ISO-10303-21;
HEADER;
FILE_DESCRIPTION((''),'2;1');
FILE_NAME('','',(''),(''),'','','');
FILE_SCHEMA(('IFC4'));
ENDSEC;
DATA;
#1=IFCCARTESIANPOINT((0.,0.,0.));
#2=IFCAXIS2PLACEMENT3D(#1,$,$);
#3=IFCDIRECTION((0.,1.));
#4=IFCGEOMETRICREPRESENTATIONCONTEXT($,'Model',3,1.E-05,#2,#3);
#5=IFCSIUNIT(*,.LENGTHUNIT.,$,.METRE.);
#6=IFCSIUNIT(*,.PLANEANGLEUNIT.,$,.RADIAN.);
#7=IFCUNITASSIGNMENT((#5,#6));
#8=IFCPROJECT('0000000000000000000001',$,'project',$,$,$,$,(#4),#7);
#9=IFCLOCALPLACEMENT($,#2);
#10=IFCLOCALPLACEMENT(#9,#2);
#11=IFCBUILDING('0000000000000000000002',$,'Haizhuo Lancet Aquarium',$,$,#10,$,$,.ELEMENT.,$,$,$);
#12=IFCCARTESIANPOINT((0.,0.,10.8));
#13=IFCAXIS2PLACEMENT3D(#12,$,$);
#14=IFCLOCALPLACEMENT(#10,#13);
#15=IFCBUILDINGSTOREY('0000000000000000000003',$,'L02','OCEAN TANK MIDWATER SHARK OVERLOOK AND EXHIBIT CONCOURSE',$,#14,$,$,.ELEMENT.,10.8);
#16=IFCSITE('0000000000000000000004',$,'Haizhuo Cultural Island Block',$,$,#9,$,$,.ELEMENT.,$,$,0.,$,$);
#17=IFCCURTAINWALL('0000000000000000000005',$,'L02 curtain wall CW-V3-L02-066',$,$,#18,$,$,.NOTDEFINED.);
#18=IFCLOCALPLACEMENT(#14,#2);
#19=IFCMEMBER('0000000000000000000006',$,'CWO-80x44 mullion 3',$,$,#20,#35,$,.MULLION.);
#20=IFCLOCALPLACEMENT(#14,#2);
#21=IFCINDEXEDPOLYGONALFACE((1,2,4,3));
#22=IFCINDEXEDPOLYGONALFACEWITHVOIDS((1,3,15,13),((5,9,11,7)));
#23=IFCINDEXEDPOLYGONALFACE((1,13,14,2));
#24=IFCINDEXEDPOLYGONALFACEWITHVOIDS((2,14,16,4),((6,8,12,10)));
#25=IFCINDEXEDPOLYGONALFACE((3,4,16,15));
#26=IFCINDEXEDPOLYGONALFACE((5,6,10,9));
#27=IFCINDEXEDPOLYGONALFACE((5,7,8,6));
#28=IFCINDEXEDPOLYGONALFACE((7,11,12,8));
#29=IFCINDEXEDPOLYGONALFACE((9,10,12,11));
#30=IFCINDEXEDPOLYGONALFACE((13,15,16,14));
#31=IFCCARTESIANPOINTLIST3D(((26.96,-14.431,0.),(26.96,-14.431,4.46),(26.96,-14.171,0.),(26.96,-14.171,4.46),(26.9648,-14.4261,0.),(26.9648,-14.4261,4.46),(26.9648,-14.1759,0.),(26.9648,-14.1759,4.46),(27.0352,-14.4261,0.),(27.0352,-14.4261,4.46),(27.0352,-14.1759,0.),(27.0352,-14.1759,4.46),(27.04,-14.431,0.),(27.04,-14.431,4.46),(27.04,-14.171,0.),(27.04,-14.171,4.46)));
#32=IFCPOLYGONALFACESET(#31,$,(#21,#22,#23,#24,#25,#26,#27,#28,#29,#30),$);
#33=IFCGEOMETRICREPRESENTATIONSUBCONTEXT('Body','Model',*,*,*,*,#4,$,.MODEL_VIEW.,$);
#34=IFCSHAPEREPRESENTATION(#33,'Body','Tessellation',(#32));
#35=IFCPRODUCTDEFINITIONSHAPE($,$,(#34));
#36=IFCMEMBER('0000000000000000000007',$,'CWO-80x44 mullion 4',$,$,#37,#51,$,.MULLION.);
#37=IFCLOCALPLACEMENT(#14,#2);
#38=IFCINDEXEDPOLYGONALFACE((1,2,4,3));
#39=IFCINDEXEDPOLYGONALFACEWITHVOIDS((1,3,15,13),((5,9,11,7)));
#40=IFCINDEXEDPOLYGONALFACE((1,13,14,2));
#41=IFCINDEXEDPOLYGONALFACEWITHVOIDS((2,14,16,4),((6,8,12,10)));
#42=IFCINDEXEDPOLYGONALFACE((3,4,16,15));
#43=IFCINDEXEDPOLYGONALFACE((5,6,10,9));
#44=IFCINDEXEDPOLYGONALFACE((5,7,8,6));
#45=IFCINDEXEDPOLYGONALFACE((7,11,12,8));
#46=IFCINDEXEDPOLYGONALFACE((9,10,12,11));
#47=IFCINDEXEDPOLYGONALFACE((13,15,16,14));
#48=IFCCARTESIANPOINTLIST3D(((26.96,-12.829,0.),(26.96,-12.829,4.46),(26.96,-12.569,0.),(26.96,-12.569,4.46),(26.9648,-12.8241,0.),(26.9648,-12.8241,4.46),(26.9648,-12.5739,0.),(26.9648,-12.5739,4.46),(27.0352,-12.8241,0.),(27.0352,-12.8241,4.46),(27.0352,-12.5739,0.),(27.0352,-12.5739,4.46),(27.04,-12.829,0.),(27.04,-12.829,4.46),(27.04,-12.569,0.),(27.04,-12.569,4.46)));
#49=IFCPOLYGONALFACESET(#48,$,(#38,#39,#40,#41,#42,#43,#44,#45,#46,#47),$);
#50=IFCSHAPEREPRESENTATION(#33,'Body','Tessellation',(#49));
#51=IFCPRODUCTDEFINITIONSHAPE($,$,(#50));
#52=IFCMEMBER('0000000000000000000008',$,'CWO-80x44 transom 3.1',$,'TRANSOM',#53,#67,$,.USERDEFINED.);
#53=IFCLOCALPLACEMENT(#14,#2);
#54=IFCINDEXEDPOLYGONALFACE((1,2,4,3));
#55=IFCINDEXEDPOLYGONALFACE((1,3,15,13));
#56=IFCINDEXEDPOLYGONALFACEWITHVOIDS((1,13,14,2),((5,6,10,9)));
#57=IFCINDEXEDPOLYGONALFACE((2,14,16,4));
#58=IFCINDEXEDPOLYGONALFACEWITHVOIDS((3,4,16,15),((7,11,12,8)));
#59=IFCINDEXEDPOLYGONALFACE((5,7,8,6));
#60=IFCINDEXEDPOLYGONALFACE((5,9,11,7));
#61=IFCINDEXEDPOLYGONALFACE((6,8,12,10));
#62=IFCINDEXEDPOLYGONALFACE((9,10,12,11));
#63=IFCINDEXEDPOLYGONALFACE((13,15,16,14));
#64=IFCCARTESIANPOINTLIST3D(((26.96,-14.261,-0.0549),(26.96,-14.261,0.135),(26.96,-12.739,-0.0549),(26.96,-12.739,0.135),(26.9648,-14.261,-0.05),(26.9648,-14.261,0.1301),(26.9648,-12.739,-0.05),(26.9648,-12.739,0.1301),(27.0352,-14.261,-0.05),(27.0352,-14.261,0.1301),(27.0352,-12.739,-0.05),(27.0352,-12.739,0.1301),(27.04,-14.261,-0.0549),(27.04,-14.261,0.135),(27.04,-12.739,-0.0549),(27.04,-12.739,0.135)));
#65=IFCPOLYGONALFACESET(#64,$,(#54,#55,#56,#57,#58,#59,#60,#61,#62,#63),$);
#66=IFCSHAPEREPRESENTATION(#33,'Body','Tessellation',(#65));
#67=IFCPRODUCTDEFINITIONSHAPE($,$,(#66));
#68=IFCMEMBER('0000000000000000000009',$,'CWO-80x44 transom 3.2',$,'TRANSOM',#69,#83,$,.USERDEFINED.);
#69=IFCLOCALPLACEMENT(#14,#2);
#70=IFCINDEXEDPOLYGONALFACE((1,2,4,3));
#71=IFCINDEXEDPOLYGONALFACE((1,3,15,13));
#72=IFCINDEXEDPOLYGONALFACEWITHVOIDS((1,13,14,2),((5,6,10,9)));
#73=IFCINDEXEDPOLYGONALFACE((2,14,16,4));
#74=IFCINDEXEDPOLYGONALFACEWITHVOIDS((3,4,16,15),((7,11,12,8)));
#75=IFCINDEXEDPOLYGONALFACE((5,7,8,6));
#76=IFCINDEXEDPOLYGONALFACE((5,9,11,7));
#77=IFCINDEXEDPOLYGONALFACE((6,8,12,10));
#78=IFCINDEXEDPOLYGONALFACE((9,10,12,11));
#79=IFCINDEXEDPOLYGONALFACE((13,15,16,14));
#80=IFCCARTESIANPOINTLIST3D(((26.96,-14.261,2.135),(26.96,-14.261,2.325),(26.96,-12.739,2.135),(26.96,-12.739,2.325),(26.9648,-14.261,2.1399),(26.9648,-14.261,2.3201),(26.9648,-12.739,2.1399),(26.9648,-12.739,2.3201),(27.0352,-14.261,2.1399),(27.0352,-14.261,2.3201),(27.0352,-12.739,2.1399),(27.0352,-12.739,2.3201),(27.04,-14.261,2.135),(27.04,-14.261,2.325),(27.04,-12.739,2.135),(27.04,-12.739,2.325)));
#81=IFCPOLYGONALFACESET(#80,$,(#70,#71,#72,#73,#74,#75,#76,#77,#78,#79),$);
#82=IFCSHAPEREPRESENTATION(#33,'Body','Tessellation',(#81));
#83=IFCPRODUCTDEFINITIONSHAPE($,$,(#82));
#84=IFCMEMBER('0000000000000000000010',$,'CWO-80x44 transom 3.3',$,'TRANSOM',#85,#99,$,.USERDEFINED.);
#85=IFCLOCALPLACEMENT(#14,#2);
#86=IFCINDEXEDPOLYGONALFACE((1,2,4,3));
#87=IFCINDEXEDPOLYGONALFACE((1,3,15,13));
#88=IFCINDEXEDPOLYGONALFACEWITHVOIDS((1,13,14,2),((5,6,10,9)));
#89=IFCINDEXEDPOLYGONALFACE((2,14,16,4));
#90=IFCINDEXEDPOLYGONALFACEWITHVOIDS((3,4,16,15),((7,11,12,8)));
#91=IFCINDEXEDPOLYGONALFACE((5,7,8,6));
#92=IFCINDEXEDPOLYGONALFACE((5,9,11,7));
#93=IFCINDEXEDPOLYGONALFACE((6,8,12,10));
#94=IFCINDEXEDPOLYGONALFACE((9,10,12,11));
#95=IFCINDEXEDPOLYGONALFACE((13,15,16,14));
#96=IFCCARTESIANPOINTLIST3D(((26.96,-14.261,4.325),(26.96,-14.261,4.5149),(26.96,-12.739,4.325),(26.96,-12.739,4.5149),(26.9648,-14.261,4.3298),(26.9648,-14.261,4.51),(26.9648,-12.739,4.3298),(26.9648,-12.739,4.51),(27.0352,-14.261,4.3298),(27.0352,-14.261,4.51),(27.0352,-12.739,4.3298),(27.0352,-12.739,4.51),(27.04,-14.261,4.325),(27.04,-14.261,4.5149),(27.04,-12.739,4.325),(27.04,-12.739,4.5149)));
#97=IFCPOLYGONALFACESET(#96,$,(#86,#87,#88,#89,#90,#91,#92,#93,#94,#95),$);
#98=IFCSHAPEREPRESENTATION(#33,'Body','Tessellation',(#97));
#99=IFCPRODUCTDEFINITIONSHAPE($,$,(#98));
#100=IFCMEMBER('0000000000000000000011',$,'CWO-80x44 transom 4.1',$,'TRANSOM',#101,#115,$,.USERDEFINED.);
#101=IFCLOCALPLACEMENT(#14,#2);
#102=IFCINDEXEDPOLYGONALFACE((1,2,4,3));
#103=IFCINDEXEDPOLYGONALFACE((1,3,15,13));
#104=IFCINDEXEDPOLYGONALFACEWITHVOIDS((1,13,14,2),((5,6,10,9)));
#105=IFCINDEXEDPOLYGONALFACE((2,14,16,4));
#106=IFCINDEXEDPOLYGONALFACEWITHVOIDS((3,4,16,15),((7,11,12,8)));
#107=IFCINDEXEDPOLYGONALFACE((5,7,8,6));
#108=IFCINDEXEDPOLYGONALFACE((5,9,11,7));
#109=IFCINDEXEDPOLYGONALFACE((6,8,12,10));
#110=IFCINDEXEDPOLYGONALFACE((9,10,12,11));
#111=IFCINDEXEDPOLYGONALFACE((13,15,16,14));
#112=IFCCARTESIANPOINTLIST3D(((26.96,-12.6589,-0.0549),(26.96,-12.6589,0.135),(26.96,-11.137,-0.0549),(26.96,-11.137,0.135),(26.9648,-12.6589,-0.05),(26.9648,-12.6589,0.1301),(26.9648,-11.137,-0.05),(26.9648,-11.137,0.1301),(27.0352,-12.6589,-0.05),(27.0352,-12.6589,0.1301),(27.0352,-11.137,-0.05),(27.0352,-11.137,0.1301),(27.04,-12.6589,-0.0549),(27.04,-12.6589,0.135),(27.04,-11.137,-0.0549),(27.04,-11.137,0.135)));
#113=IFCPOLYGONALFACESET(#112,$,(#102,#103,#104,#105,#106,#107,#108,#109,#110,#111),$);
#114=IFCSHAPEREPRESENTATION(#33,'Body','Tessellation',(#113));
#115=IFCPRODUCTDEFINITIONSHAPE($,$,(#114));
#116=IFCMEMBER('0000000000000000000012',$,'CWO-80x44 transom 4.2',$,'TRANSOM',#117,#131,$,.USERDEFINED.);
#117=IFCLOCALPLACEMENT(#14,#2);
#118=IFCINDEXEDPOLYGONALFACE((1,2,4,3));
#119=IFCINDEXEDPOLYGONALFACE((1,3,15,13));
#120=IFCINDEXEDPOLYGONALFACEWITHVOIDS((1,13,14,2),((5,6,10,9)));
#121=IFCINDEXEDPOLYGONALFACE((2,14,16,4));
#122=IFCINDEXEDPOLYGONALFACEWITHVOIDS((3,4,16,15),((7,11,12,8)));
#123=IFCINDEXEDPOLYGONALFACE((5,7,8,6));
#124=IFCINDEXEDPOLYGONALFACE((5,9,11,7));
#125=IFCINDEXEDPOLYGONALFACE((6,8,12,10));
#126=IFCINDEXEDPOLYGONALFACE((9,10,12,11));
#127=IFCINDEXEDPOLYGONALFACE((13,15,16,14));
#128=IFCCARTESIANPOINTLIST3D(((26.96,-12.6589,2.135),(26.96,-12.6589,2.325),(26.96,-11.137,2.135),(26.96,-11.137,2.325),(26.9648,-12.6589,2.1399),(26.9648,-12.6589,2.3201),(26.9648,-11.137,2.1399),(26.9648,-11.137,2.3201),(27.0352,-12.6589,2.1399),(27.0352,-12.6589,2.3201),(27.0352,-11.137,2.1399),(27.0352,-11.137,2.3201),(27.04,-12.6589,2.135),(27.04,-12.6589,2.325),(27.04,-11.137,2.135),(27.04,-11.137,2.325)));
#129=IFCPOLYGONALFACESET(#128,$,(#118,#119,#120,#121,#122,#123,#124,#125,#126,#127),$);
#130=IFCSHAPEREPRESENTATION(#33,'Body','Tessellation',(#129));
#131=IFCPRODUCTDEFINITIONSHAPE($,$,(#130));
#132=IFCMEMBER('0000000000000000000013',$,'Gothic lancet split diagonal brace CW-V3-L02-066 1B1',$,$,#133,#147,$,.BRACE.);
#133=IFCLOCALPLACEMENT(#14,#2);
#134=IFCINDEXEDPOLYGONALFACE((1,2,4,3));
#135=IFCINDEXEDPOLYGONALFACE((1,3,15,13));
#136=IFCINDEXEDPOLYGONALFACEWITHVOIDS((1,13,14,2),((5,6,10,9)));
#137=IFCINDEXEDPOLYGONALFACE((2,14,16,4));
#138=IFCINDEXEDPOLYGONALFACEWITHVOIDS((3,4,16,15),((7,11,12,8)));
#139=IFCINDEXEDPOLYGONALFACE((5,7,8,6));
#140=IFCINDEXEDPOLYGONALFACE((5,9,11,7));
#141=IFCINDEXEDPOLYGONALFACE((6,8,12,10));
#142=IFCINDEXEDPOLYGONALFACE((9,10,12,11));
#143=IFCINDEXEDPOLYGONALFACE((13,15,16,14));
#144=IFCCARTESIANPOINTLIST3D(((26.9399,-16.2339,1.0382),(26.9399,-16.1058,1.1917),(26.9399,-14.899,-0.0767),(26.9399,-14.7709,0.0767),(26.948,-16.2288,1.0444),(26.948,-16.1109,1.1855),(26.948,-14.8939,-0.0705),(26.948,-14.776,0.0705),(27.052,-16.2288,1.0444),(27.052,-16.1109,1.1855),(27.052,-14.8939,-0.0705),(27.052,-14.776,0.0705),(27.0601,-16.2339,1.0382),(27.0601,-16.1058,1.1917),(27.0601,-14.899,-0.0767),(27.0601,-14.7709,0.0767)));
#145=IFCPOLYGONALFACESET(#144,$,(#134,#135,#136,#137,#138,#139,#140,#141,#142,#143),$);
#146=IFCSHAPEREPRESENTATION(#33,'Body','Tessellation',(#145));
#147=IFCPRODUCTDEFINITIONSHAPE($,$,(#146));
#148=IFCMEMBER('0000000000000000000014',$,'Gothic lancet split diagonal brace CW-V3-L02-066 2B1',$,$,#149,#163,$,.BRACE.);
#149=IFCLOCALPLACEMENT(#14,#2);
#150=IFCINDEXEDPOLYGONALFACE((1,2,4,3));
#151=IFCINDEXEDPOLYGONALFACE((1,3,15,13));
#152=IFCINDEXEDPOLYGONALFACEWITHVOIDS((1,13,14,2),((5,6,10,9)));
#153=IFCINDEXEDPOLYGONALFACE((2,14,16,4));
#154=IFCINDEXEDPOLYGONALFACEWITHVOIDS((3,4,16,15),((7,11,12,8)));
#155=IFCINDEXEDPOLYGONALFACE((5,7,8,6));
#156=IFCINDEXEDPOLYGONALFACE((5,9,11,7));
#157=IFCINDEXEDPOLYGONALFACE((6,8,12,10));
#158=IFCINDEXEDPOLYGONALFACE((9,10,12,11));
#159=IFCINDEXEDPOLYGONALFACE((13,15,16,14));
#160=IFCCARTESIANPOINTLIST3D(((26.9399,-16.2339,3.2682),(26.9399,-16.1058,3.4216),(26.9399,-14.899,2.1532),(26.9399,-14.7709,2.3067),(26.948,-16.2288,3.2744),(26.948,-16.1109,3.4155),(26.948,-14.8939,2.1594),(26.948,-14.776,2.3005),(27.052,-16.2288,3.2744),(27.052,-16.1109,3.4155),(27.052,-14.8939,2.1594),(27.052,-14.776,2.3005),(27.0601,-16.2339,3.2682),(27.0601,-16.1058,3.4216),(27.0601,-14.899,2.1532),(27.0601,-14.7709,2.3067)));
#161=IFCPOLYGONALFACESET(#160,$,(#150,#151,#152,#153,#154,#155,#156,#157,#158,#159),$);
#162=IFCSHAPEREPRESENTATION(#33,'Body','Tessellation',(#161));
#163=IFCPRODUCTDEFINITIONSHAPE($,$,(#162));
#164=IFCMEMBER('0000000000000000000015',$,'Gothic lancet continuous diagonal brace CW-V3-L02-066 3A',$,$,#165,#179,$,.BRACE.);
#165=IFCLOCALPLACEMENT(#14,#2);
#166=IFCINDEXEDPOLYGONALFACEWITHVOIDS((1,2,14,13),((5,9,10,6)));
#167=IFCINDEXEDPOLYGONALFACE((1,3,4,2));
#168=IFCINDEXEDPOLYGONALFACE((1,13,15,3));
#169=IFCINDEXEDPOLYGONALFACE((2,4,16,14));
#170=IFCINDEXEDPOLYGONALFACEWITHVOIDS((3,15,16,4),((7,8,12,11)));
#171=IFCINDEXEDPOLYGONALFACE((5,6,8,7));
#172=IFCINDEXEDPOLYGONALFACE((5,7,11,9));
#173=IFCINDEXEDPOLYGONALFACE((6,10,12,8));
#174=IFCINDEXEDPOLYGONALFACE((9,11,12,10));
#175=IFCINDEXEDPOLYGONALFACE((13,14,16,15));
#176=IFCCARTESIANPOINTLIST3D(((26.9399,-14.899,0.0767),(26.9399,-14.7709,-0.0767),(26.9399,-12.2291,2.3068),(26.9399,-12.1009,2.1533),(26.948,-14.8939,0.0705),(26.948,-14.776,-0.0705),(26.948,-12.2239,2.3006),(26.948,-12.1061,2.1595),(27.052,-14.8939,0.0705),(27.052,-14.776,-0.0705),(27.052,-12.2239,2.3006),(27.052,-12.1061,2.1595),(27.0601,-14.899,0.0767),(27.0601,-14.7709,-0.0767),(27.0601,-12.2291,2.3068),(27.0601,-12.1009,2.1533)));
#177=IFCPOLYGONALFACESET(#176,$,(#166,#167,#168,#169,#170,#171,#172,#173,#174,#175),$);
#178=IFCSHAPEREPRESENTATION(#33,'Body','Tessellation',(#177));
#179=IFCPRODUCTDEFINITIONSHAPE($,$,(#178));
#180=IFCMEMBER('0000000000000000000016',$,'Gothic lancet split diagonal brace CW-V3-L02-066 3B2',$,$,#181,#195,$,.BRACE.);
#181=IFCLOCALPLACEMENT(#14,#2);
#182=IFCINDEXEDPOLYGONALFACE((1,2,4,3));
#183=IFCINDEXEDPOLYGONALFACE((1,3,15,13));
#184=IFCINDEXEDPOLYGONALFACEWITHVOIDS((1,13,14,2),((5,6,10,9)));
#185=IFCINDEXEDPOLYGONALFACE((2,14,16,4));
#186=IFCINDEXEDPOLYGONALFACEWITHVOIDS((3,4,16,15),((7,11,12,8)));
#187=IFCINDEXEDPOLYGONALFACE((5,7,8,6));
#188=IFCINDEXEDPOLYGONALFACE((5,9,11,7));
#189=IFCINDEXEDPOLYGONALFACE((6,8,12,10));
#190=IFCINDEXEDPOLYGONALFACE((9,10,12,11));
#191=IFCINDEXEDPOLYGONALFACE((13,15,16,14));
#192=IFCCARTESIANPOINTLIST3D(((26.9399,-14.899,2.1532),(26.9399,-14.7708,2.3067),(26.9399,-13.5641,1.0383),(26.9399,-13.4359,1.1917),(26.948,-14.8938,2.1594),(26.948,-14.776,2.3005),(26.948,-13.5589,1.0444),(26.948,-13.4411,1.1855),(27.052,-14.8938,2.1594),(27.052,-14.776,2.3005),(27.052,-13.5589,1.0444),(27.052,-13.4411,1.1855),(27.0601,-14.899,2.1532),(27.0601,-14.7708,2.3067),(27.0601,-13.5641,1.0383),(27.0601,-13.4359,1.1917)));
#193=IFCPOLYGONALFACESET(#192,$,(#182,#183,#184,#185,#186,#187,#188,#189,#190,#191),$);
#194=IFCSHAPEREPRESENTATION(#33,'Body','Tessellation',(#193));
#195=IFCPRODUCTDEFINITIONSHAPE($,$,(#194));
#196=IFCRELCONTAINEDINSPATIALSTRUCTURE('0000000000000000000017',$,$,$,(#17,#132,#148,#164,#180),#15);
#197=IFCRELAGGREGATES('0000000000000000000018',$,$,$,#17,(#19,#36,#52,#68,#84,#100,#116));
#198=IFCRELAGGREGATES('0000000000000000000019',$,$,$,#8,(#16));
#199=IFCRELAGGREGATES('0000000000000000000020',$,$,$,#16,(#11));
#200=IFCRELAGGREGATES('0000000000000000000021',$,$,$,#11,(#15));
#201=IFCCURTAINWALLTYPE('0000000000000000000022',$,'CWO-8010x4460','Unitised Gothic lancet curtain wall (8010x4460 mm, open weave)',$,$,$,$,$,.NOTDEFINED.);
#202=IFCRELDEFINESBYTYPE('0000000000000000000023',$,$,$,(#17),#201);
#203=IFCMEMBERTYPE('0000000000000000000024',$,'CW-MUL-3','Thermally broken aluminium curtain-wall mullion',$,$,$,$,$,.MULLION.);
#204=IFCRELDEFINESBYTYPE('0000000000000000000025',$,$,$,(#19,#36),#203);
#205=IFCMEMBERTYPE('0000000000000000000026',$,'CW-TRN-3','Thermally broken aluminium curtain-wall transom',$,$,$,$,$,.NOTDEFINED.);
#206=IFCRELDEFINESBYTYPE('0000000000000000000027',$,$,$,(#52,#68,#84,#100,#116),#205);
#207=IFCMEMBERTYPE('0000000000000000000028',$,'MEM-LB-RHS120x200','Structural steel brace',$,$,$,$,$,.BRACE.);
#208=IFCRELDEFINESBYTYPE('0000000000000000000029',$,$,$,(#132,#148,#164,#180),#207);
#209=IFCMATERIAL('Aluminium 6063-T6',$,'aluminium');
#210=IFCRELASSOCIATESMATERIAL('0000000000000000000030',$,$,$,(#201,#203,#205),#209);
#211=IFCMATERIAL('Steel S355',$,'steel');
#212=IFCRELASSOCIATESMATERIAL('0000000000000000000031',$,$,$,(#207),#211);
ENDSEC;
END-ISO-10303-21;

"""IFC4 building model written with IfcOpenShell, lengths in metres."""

from ifc_helpers import new_model, si_unit, direction, frame, origin, origin_2d, place, context, subcontext, project, spatial, hollow_rectangle, extrude, material, material_profile, profile_set, type_object, element, aggregate, save


model = new_model("IFC4")

# Units and contexts
model_context = context("Model", 3, precision=1e-05, world=origin(), true_north=direction((0.0, 1.0)))
body_context = subcontext(model_context, "Body", "Model", "MODEL_VIEW")
ifc_project = project(units=[si_unit("LENGTHUNIT", "METRE"), si_unit("PLANEANGLEUNIT", "RADIAN")], contexts=[model_context])

# Site, building, storey
site_placement = place(None, origin())
site = spatial("IfcSite", under=ifc_project, at=site_placement, Name="Haizhuo Cultural Island Block", CompositionType="ELEMENT", RefElevation=0.0)
building_placement = place(site_placement, origin())
building = spatial("IfcBuilding", under=site, at=building_placement, Name="Haizhuo Lancet Aquarium", CompositionType="ELEMENT")
storey_placement = place(building_placement, frame((0.0, 0.0, 10.8)))
storey = spatial("IfcBuildingStorey", under=building, at=storey_placement, Name="L02", Description="OCEAN TANK MIDWATER SHARK OVERLOOK AND EXHIBIT CONCOURSE", CompositionType="ELEMENT", Elevation=10.8)

# Curtain wall, members
ifc_material_1 = material(Name="Aluminium 6063-T6", Category="aluminium")
curtain_wall_type = type_object("IfcCurtainWallType", Name="CWO-8010x4460", Description="Unitised Gothic lancet curtain wall (8010x4460 mm, open weave)", PredefinedType="NOTDEFINED", material=ifc_material_1)
curtain_wall_placement = place(storey_placement, origin())
curtain_wall = element("IfcCurtainWall", 1, at=curtain_wall_placement, inside=storey, type_object=curtain_wall_type, Name="L02 curtain wall CW-V3-L02-066", PredefinedType="NOTDEFINED")
ifc_material_profile_1 = material_profile(ifc_material_1, hollow_rectangle(XDim=0.0801, YDim=0.26, WallThickness=0.0049, at=origin_2d()), Name="ALU-M 80x260x5")
ifc_profile_set_1 = profile_set([ifc_material_profile_1], Name="Aluminium 6063-T6")
member_type_1 = type_object("IfcMemberType", Name="CW-MUL-3", Description="Thermally broken aluminium curtain-wall mullion", PredefinedType="MULLION", material=ifc_profile_set_1)
member_1_placement = place(storey_placement, frame((27.0, -14.301, 0.0), z_axis=(0.0, 0.0, 1.0), x_axis=(-1.0, 0.0, 0.0)))
member_1 = element("IfcMember", 2, at=member_1_placement, type_object=member_type_1, Name="CWO-80x44 mullion 3", PredefinedType="MULLION", context=body_context, shape_type="SweptSolid", body=[
    extrude(hollow_rectangle(XDim=0.0801, YDim=0.26, WallThickness=0.0049, at=origin_2d()), origin(), (0.0, 0.0, 1.0), 4.46),
])
member_2_placement = place(storey_placement, frame((27.0, -12.699, 0.0), z_axis=(0.0, 0.0, 1.0), x_axis=(-1.0, 0.0, 0.0)))
member_2 = element("IfcMember", 3, at=member_2_placement, type_object=member_type_1, Name="CWO-80x44 mullion 4", PredefinedType="MULLION", context=body_context, shape_type="SweptSolid", body=[
    extrude(hollow_rectangle(XDim=0.0801, YDim=0.26, WallThickness=0.0049, at=origin_2d()), origin(), (0.0, 0.0, 1.0), 4.46),
])
ifc_material_profile_2 = material_profile(ifc_material_1, hollow_rectangle(XDim=0.0801, YDim=0.1899, WallThickness=0.0049, at=origin_2d()), Name="ALU-T 80x190x5")
ifc_profile_set_2 = profile_set([ifc_material_profile_2], Name="Aluminium 6063-T6")
member_type_2 = type_object("IfcMemberType", Name="CW-TRN-3", Description="Thermally broken aluminium curtain-wall transom", PredefinedType="NOTDEFINED", material=ifc_profile_set_2)
member_3_placement = place(storey_placement, frame((27.0, -14.261, 0.04), z_axis=(0.0, 1.0, 0.0), x_axis=(-1.0, 0.0, 0.0)))
member_3 = element("IfcMember", 4, at=member_3_placement, type_object=member_type_2, Name="CWO-80x44 transom 3.1", ObjectType="TRANSOM", PredefinedType="USERDEFINED", context=body_context, shape_type="SweptSolid", body=[
    extrude(hollow_rectangle(XDim=0.0801, YDim=0.1899, WallThickness=0.0049, at=origin_2d()), origin(), (0.0, 0.0, 1.0), 1.522),
])
member_4_placement = place(storey_placement, frame((27.0, -14.261, 2.23), z_axis=(0.0, 1.0, 0.0), x_axis=(-1.0, 0.0, 0.0)))
member_4 = element("IfcMember", 5, at=member_4_placement, type_object=member_type_2, Name="CWO-80x44 transom 3.2", ObjectType="TRANSOM", PredefinedType="USERDEFINED", context=body_context, shape_type="SweptSolid", body=[
    extrude(hollow_rectangle(XDim=0.0801, YDim=0.1899, WallThickness=0.0049, at=origin_2d()), origin(), (0.0, 0.0, 1.0), 1.522),
])
member_5_placement = place(storey_placement, frame((27.0, -14.261, 4.4199), z_axis=(0.0, 1.0, 0.0), x_axis=(-1.0, 0.0, 0.0)))
member_5 = element("IfcMember", 6, at=member_5_placement, type_object=member_type_2, Name="CWO-80x44 transom 3.3", ObjectType="TRANSOM", PredefinedType="USERDEFINED", context=body_context, shape_type="SweptSolid", body=[
    extrude(hollow_rectangle(XDim=0.0801, YDim=0.1899, WallThickness=0.0049, at=origin_2d()), origin(), (0.0, 0.0, 1.0), 1.522),
])
member_6_placement = place(storey_placement, frame((27.0, -12.6589, 0.04), z_axis=(0.0, 1.0, 0.0), x_axis=(-1.0, 0.0, 0.0)))
member_6 = element("IfcMember", 7, at=member_6_placement, type_object=member_type_2, Name="CWO-80x44 transom 4.1", ObjectType="TRANSOM", PredefinedType="USERDEFINED", context=body_context, shape_type="SweptSolid", body=[
    extrude(hollow_rectangle(XDim=0.0801, YDim=0.1899, WallThickness=0.0049, at=origin_2d()), origin(), (0.0, 0.0, 1.0), 1.522),
])
member_7_placement = place(storey_placement, frame((27.0, -12.6589, 2.23), z_axis=(0.0, 1.0, 0.0), x_axis=(-1.0, 0.0, 0.0)))
member_7 = element("IfcMember", 8, at=member_7_placement, type_object=member_type_2, Name="CWO-80x44 transom 4.2", ObjectType="TRANSOM", PredefinedType="USERDEFINED", context=body_context, shape_type="SweptSolid", body=[
    extrude(hollow_rectangle(XDim=0.0801, YDim=0.1899, WallThickness=0.0049, at=origin_2d()), origin(), (0.0, 0.0, 1.0), 1.522),
])

# Members
ifc_material_2 = material(Name="Steel S355", Category="steel")
ifc_material_profile_3 = material_profile(ifc_material_2, hollow_rectangle(XDim=0.1201, YDim=0.2, WallThickness=0.0081, at=origin_2d()), Name="RHS 120x200x8")
ifc_profile_set_3 = profile_set([ifc_material_profile_3], Name="Steel S355")
member_type_3 = type_object("IfcMemberType", Name="MEM-LB-RHS120x200", Description="Structural steel brace", PredefinedType="BRACE", material=ifc_profile_set_3)
for number, where, z_axis, x_axis, name in (
    (9, (27.0, -14.835, 0.0), (0.0, -0.767507, 0.64104), (1.0, 0.0, 0.0), "Gothic lancet split diagonal brace CW-V3-L02-066 1B1"),
    (10, (27.0, -14.835, 2.23), (0.0, -0.767507, 0.64104), (1.0, 0.0, 0.0), "Gothic lancet split diagonal brace CW-V3-L02-066 2B1"),
):
    element("IfcMember", number, at=place(storey_placement, frame(where, z_axis=z_axis, x_axis=x_axis)), inside=storey, type_object=member_type_3, Name=name, PredefinedType="BRACE", context=body_context, shape_type="SweptSolid", body=[
        extrude(hollow_rectangle(XDim=0.1201, YDim=0.2, WallThickness=0.0081, at=origin_2d()), origin(), (0.0, 0.0, 1.0), 1.7393),
    ])
member_8_placement = place(storey_placement, frame((27.0, -14.835, 0.0), z_axis=(0.0, 0.767507, 0.64104), x_axis=(-1.0, 0.0, 0.0)))
element("IfcMember", 11, at=member_8_placement, inside=storey, type_object=member_type_3, Name="Gothic lancet continuous diagonal brace CW-V3-L02-066 3A", PredefinedType="BRACE", context=body_context, shape_type="SweptSolid", body=[
    extrude(hollow_rectangle(XDim=0.1201, YDim=0.2, WallThickness=0.0081, at=origin_2d()), origin(), (0.0, 0.0, 1.0), 3.4788),
])
member_9_placement = place(storey_placement, frame((27.0, -13.5, 1.115), z_axis=(0.0, -0.767507, 0.64104), x_axis=(1.0, 0.0, 0.0)))
element("IfcMember", 12, at=member_9_placement, inside=storey, type_object=member_type_3, Name="Gothic lancet split diagonal brace CW-V3-L02-066 3B2", PredefinedType="BRACE", context=body_context, shape_type="SweptSolid", body=[
    extrude(hollow_rectangle(XDim=0.1201, YDim=0.2, WallThickness=0.0081, at=origin_2d()), origin(), (0.0, 0.0, 1.0), 1.7393),
])

aggregate(curtain_wall, [member_1, member_2, member_3, member_4, member_5, member_6, member_7])

save(model, "model.ifc")
